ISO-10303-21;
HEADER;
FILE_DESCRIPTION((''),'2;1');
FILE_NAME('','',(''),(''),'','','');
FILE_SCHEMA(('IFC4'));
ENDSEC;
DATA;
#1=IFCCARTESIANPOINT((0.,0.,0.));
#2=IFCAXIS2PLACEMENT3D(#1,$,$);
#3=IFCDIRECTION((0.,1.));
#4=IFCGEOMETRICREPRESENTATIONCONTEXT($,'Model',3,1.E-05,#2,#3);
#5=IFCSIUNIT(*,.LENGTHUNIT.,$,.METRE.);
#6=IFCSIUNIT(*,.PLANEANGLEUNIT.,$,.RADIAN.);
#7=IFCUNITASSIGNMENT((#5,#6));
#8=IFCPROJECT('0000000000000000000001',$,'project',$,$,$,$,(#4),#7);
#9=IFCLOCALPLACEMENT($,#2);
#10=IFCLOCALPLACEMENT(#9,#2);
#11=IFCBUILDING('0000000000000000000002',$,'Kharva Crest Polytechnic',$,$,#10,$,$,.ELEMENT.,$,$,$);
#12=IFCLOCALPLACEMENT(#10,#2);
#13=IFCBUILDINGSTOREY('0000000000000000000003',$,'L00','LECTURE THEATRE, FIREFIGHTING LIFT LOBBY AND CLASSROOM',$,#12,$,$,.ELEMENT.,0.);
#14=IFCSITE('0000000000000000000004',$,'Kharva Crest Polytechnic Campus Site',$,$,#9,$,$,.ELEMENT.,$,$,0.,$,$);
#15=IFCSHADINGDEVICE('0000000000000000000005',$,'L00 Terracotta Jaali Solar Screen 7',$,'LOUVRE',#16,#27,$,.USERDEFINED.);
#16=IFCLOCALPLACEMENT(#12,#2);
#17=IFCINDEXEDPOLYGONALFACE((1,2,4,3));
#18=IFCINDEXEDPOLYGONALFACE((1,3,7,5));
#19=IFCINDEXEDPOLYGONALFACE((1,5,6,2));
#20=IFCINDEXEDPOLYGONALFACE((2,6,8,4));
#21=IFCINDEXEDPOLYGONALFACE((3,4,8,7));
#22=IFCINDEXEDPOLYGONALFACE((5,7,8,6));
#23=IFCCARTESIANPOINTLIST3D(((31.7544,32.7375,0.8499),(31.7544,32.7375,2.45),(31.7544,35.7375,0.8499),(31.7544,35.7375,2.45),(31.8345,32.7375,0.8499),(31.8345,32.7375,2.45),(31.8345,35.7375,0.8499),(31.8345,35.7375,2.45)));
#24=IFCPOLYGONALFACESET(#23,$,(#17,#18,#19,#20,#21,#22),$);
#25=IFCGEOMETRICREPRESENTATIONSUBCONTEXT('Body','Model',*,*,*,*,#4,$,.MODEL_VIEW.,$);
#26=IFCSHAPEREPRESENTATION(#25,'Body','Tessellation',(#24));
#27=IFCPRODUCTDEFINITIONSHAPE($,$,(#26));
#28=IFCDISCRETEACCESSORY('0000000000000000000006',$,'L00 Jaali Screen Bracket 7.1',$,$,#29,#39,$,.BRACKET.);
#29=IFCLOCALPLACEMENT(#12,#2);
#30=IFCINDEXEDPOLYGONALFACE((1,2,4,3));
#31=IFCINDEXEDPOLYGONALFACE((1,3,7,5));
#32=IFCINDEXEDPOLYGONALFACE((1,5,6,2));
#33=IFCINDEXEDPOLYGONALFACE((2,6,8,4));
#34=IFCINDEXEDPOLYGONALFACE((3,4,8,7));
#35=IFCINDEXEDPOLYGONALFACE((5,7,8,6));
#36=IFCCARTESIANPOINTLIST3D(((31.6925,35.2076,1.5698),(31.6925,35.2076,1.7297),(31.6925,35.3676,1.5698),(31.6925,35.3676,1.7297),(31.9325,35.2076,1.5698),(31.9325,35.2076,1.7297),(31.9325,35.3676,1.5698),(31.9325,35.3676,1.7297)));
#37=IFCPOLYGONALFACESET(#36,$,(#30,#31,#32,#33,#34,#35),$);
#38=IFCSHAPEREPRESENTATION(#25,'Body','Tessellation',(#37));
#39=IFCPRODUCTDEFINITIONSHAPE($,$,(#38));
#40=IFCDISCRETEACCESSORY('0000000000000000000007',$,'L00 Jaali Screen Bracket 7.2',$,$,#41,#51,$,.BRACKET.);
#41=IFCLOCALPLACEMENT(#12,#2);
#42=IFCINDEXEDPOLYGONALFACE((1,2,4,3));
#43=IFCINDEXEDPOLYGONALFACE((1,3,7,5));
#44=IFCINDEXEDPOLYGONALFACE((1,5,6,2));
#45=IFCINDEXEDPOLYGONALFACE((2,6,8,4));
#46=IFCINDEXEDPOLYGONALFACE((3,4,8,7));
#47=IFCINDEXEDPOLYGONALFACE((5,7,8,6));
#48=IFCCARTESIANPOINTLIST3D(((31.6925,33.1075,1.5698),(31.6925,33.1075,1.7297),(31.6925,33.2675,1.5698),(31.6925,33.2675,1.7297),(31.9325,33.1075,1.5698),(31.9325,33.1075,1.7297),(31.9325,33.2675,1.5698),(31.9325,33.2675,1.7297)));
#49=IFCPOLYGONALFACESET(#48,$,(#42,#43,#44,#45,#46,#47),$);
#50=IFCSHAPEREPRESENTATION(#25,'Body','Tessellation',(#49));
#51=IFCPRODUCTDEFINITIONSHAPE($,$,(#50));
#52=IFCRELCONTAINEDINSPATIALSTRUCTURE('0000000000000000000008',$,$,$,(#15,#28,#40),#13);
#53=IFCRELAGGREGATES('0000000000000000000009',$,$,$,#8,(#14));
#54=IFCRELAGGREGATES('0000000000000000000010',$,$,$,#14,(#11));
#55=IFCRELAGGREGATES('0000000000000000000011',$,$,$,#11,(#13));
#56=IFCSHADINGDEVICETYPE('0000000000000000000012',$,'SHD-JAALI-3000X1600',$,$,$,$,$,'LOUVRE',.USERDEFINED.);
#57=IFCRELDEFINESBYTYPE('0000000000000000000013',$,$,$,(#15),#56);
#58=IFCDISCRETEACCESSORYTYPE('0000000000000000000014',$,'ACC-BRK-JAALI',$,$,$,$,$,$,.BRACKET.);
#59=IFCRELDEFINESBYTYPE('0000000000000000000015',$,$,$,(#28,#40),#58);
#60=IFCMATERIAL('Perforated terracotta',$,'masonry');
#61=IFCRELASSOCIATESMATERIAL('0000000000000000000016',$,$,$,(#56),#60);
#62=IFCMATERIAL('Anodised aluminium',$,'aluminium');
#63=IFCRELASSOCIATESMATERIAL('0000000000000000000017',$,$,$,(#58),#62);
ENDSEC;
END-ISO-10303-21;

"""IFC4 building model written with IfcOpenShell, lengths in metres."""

from ifc_helpers import new_model, si_unit, direction, frame, origin, origin_2d, place, context, subcontext, project, spatial, rectangle, extrude, material, type_object, element, save


model = new_model("IFC4")

# Units and contexts
model_context = context("Model", 3, precision=1e-05, world=origin(), true_north=direction((0.0, 1.0)))
body_context = subcontext(model_context, "Body", "Model", "MODEL_VIEW")
ifc_project = project(units=[si_unit("LENGTHUNIT", "METRE"), si_unit("PLANEANGLEUNIT", "RADIAN")], contexts=[model_context])

# Site, building, storey
site_placement = place(None, origin())
site = spatial("IfcSite", under=ifc_project, at=site_placement, Name="Kharva Crest Polytechnic Campus Site", CompositionType="ELEMENT", RefElevation=0.0)
building_placement = place(site_placement, origin())
building = spatial("IfcBuilding", under=site, at=building_placement, Name="Kharva Crest Polytechnic", CompositionType="ELEMENT")
storey_placement = place(building_placement, origin())
storey = spatial("IfcBuildingStorey", under=building, at=storey_placement, Name="L00", Description="LECTURE THEATRE, FIREFIGHTING LIFT LOBBY AND CLASSROOM", CompositionType="ELEMENT", Elevation=0.0)

# Shared definitions
ifc_material_1 = material(Name="Anodised aluminium", Category="aluminium")

# Shading device
ifc_material_2 = material(Name="Perforated terracotta", Category="masonry")
shading_device_type = type_object("IfcShadingDeviceType", Name="SHD-JAALI-3000X1600", ElementType="LOUVRE", PredefinedType="USERDEFINED", material=ifc_material_2)
shading_device_placement = place(storey_placement, frame((31.7944, 34.2375, 0.8499), z_axis=(0.0, 0.0, 1.0), x_axis=(0.0, 1.0, 0.0)))
element("IfcShadingDevice", 1, at=shading_device_placement, inside=storey, type_object=shading_device_type, Name="L00 Terracotta Jaali Solar Screen 7", ObjectType="LOUVRE", PredefinedType="USERDEFINED", context=body_context, shape_type="SweptSolid", body=[
    extrude(rectangle(XDim=3.0, YDim=0.0801, at=origin_2d()), origin(), (0.0, 0.0, 1.0), 1.6001),
])

# Discrete accessories
discrete_accessory_type = type_object("IfcDiscreteAccessoryType", Name="ACC-BRK-JAALI", PredefinedType="BRACKET", material=ifc_material_1)
for number, where, z_axis, x_axis, name in (
    (2, (31.8125, 35.2876, 1.5698), (0.0, 0.0, 1.0), (0.0, 1.0, 0.0), "L00 Jaali Screen Bracket 7.1"),
    (3, (31.8125, 33.1875, 1.5698), (0.0, 0.0, 1.0), (0.0, 1.0, 0.0), "L00 Jaali Screen Bracket 7.2"),
):
    element("IfcDiscreteAccessory", number, at=place(storey_placement, frame(where, z_axis=z_axis, x_axis=x_axis)), inside=storey, type_object=discrete_accessory_type, Name=name, PredefinedType="BRACKET", context=body_context, shape_type="SweptSolid", body=[
        extrude(rectangle(XDim=0.1599, YDim=0.24, at=origin_2d()), origin(), (0.0, 0.0, 1.0), 0.1599),
    ])

save(model, "model.ifc")
